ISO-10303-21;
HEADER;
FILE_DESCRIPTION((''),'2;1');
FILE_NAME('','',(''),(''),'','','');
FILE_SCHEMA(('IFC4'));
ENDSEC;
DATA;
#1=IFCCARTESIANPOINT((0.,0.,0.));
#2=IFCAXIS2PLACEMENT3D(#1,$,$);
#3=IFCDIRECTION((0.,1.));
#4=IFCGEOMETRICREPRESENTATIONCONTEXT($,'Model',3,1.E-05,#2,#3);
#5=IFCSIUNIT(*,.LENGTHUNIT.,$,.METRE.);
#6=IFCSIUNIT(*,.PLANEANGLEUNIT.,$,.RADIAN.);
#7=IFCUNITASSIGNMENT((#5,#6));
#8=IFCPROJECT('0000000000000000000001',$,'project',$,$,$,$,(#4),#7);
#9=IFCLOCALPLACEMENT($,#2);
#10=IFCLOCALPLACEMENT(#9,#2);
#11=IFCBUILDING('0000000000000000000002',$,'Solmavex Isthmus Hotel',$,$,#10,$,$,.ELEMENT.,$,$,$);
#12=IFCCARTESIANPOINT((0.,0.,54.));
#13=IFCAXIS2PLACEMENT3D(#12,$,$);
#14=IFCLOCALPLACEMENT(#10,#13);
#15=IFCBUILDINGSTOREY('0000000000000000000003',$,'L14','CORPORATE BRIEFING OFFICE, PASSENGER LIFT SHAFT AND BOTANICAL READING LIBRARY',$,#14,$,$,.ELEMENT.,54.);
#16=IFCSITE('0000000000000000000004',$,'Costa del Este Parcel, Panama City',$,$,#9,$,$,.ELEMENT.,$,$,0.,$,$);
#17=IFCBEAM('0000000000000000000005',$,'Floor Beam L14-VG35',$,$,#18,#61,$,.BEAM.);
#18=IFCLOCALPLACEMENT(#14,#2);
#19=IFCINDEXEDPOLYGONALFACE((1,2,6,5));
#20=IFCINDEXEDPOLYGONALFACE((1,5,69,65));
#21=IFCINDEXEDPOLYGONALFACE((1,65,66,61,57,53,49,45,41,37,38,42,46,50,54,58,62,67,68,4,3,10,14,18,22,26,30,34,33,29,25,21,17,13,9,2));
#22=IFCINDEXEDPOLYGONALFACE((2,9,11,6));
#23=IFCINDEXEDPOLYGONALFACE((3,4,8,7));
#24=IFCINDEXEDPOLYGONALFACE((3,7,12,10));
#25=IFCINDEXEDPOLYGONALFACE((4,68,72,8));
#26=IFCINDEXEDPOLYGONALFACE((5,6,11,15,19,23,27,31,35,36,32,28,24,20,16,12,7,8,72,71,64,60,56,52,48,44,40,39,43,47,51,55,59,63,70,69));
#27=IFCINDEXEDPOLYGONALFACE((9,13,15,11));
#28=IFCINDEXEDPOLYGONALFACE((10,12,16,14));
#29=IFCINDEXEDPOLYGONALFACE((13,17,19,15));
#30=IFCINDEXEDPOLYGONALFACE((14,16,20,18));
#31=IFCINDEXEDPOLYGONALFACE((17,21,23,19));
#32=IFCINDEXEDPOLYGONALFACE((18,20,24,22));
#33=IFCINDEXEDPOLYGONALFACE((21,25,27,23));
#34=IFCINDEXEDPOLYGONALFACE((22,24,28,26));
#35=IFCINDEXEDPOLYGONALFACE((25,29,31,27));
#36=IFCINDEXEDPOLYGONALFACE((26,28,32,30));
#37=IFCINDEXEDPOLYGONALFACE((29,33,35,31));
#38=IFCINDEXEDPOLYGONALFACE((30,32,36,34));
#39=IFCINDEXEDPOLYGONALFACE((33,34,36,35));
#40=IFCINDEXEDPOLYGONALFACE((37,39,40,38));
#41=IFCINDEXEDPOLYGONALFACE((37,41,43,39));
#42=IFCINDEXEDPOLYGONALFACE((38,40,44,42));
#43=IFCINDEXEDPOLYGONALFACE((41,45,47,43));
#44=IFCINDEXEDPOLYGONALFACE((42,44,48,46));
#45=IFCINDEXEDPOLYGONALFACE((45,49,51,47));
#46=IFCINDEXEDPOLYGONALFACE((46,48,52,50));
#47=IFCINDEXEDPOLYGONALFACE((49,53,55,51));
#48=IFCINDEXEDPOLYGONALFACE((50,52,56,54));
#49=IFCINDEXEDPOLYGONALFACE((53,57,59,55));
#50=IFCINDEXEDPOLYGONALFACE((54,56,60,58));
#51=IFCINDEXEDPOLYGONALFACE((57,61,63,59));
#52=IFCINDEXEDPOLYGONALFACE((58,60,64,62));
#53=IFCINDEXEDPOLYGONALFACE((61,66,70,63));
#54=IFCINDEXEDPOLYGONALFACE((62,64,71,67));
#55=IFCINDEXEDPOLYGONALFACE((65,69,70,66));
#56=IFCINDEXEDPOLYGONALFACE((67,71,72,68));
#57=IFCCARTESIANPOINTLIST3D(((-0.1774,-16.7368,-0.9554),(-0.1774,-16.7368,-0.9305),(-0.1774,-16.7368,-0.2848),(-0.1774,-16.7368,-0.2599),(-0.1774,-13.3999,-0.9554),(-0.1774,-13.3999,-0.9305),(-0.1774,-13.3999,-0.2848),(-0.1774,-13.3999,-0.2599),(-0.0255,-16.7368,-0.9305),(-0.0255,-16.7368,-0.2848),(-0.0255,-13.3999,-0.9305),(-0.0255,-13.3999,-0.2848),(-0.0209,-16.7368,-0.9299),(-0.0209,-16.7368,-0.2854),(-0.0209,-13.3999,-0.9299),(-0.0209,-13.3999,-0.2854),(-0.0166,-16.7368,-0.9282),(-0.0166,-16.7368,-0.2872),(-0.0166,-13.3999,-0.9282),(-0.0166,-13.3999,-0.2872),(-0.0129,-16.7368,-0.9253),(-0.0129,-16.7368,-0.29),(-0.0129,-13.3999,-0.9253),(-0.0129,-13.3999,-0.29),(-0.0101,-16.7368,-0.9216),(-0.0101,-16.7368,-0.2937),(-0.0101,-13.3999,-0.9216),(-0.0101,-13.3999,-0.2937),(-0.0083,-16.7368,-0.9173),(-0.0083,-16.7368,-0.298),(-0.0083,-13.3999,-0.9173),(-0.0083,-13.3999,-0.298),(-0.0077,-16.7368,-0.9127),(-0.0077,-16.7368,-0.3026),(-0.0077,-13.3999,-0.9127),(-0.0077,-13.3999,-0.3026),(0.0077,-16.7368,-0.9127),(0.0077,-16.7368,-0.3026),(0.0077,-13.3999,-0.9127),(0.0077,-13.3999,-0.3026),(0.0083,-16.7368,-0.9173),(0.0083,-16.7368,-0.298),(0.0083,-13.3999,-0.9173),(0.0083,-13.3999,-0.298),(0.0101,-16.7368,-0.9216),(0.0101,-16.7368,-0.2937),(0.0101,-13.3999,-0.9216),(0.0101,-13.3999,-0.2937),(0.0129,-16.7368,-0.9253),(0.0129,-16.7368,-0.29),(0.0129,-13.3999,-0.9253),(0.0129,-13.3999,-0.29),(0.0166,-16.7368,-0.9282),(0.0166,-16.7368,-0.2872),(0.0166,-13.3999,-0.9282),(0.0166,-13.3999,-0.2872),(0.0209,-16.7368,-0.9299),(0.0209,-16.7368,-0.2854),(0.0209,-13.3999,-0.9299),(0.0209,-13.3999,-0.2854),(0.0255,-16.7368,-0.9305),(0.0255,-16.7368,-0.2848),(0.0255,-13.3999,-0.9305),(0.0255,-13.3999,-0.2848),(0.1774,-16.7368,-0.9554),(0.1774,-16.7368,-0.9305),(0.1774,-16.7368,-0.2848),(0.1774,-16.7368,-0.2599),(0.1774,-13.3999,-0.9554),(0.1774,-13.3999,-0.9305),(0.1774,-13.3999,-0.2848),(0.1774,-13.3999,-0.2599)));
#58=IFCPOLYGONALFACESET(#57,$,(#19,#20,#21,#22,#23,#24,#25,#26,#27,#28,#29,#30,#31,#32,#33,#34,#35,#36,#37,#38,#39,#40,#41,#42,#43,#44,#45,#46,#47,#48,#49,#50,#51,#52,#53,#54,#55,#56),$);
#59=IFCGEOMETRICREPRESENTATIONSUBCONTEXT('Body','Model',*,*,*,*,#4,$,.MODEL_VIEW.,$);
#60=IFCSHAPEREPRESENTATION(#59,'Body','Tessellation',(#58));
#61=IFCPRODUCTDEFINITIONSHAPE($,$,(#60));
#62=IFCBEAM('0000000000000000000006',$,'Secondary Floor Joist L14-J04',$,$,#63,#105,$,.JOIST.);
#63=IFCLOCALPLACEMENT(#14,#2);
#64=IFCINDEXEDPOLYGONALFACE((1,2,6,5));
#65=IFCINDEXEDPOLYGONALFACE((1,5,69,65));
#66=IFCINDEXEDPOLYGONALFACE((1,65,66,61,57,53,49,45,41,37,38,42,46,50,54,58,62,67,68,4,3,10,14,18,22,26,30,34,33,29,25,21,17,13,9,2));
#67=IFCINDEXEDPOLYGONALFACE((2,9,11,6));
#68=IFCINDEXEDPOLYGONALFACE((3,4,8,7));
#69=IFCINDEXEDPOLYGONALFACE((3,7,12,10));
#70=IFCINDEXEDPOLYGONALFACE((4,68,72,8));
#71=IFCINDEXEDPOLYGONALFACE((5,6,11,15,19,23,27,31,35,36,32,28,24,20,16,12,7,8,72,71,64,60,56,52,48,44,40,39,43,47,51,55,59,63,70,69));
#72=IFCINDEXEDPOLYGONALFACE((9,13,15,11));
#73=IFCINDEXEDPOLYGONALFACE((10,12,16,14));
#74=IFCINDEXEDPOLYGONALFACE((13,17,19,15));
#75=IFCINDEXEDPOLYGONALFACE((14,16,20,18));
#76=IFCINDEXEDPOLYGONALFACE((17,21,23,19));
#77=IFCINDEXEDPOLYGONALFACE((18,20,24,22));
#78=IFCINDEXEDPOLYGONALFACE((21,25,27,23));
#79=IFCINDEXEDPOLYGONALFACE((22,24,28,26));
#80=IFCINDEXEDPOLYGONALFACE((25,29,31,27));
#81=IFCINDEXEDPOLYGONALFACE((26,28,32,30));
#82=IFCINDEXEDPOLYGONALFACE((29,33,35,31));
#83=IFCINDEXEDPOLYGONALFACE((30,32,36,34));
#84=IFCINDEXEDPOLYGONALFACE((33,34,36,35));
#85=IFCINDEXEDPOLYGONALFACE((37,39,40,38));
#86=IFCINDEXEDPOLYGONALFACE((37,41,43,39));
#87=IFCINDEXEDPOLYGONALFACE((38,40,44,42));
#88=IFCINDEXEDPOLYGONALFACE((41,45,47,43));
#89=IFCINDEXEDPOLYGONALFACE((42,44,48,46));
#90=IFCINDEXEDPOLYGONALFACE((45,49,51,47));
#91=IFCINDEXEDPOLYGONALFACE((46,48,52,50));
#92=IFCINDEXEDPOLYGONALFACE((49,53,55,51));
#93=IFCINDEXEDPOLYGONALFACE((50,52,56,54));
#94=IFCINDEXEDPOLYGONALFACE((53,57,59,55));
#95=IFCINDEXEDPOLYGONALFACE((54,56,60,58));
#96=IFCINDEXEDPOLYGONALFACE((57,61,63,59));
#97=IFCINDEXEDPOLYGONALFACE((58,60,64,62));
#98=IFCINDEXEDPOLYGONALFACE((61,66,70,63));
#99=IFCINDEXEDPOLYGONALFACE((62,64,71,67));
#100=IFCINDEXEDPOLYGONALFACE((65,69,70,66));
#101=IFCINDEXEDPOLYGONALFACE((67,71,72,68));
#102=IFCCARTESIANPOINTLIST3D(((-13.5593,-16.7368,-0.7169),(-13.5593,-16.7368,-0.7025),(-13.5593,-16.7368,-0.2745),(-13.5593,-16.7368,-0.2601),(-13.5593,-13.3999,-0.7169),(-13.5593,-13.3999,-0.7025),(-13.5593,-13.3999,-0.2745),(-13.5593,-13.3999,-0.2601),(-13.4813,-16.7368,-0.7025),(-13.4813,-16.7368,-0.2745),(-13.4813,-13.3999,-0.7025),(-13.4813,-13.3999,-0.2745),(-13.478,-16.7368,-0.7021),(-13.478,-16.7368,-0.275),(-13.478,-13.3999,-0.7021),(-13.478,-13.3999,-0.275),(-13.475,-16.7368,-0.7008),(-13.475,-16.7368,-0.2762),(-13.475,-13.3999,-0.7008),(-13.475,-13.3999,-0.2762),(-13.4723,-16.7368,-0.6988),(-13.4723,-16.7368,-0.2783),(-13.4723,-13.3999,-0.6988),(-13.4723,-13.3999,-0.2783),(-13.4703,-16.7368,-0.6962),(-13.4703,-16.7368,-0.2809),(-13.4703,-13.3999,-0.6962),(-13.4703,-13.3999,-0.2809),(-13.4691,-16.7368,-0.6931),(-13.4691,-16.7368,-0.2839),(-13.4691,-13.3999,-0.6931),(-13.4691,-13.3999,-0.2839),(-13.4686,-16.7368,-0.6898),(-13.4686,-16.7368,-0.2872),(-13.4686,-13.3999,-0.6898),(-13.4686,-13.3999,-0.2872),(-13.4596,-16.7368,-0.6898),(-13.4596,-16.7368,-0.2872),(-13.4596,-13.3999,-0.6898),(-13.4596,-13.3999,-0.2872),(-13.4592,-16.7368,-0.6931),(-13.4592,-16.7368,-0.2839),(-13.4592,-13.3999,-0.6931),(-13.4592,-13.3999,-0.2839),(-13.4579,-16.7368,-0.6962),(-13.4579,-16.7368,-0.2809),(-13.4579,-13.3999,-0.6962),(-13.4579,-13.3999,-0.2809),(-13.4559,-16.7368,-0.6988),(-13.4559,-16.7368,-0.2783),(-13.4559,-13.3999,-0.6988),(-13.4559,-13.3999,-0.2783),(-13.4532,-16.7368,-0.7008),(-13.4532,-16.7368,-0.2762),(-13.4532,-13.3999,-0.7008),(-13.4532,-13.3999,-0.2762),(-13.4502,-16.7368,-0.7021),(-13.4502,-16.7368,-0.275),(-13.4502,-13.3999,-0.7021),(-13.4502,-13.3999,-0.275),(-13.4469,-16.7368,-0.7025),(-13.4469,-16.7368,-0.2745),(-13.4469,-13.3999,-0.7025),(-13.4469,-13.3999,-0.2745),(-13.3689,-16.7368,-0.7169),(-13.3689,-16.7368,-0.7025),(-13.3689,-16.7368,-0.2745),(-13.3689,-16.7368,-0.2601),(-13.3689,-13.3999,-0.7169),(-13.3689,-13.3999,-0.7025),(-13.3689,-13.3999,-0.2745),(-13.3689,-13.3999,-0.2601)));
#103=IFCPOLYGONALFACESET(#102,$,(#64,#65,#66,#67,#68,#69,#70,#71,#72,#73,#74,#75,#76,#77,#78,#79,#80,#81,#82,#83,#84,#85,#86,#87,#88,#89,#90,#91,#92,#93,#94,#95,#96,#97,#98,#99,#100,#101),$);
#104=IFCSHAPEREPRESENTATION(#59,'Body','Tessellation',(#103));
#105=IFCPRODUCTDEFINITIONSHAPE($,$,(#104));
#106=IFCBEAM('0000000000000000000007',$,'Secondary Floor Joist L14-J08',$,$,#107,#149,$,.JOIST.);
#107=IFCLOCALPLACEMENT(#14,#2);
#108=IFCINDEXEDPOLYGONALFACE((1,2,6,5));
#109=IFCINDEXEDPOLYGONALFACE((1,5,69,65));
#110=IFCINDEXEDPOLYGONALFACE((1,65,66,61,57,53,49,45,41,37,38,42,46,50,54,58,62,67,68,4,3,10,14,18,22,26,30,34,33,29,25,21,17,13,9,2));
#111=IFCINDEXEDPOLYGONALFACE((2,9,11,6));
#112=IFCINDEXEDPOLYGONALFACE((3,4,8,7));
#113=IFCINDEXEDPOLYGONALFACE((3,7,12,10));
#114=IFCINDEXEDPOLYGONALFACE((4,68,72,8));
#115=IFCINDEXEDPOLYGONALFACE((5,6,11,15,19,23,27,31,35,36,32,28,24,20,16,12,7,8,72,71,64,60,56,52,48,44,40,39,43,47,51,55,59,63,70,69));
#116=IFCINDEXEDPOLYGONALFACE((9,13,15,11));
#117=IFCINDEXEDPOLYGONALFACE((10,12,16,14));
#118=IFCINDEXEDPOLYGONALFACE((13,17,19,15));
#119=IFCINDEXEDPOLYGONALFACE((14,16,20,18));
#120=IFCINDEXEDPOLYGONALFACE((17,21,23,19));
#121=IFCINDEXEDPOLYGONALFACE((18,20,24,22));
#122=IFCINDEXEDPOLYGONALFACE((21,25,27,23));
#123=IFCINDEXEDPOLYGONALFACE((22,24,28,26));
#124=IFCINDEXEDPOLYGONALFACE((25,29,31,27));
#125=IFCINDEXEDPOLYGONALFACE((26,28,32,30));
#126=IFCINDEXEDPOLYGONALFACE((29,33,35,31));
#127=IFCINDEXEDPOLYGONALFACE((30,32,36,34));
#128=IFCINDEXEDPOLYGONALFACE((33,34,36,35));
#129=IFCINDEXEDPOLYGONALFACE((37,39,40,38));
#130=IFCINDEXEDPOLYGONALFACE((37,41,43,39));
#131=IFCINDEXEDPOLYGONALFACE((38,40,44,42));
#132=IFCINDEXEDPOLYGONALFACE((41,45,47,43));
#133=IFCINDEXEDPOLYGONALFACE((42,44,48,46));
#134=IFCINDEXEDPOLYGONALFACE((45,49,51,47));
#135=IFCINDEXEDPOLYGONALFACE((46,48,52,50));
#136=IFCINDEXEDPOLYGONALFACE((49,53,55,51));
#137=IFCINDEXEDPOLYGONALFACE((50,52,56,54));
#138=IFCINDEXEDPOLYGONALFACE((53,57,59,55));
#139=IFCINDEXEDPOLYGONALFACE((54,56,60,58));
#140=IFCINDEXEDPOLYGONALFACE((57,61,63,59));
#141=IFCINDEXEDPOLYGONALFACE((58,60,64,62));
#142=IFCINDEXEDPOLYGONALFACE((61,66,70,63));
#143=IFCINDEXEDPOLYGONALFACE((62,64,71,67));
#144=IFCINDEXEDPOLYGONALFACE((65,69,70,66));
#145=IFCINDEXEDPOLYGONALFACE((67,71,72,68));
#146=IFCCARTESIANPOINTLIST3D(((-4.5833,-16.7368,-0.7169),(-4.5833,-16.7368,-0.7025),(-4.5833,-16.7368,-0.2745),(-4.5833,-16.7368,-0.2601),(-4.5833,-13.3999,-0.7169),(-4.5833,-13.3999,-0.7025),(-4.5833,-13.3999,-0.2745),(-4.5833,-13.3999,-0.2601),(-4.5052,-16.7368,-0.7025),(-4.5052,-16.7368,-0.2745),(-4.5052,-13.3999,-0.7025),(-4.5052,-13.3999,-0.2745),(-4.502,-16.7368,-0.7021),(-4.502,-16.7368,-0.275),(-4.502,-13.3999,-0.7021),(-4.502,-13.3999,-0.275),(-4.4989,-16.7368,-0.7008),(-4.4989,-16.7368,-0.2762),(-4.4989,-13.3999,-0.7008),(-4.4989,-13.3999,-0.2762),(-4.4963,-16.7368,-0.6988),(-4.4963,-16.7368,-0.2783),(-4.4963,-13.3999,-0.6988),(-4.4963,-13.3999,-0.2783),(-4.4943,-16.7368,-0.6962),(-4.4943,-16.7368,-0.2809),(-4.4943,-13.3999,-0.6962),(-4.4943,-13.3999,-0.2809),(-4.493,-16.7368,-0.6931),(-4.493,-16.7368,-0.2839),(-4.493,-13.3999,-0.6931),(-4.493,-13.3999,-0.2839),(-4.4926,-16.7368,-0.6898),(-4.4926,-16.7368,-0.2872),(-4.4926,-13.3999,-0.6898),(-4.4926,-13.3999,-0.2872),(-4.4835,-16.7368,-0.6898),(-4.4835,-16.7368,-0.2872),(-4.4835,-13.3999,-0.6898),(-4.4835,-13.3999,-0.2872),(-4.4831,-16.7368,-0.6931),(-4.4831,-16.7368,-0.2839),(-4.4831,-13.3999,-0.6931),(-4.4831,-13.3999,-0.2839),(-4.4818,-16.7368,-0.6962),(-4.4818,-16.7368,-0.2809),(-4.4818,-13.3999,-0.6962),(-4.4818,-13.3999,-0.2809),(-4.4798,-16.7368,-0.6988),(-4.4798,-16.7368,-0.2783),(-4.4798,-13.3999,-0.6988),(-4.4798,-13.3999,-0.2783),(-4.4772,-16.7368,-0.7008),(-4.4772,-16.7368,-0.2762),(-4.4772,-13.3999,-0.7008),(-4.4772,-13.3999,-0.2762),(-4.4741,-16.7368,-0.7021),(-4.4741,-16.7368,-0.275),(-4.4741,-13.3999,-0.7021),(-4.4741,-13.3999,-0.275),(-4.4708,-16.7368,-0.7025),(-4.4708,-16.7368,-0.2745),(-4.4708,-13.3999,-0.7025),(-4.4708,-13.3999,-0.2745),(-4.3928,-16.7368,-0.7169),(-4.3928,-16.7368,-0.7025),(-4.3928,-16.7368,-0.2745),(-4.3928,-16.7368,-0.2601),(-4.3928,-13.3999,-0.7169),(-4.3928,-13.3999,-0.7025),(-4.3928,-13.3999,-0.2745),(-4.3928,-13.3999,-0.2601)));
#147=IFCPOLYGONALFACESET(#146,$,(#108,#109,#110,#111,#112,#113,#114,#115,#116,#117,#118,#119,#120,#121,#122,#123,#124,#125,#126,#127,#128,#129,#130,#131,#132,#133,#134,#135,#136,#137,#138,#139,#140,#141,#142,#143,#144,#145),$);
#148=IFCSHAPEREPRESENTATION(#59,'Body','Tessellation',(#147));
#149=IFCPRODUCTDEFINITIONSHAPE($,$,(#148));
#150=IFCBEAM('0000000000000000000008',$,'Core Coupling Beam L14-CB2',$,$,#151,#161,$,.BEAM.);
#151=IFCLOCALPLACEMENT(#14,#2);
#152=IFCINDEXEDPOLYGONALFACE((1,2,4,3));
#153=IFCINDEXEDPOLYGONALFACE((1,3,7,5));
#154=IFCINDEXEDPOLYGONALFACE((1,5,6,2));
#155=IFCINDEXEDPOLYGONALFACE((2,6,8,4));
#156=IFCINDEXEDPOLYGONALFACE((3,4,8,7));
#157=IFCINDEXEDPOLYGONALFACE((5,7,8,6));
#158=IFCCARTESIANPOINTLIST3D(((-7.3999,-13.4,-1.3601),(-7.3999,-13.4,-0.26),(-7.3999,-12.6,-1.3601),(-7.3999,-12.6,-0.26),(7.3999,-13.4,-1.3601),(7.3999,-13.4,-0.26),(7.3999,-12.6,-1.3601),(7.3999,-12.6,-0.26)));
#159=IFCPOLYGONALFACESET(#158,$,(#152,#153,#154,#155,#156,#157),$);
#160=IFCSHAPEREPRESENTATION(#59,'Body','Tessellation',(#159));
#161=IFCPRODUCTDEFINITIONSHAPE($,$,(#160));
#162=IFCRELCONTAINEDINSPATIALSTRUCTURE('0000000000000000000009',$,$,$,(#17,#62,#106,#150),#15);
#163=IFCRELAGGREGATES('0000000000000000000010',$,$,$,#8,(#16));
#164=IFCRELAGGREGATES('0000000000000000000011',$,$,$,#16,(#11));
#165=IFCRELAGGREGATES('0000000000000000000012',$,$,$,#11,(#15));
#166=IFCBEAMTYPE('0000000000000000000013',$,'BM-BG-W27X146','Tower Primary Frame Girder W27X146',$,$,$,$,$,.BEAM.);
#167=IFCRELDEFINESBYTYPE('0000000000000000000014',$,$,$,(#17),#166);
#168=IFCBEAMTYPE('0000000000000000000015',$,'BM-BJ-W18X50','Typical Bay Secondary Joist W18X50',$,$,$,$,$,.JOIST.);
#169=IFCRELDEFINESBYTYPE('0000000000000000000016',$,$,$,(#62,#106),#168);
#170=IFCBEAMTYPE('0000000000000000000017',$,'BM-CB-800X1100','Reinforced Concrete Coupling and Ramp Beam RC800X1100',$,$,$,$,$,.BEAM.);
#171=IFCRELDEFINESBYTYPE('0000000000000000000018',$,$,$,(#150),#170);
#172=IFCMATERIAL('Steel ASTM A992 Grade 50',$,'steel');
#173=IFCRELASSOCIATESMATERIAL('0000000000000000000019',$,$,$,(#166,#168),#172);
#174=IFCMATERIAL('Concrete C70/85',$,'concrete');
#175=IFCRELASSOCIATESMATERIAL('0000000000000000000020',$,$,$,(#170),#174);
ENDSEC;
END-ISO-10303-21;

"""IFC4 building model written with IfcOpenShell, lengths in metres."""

from ifc_helpers import new_model, si_unit, direction, frame, origin, origin_2d, place, context, subcontext, project, spatial, rectangle, i_section, extrude, material, material_profile, profile_set, type_object, element, save


model = new_model("IFC4")

# Units and contexts
model_context = context("Model", 3, precision=1e-05, world=origin(), true_north=direction((0.0, 1.0)))
body_context = subcontext(model_context, "Body", "Model", "MODEL_VIEW")
ifc_project = project(units=[si_unit("LENGTHUNIT", "METRE"), si_unit("PLANEANGLEUNIT", "RADIAN")], contexts=[model_context])

# Site, building, storey
site_placement = place(None, origin())
site = spatial("IfcSite", under=ifc_project, at=site_placement, Name="Costa del Este Parcel, Panama City", CompositionType="ELEMENT", RefElevation=0.0)
building_placement = place(site_placement, origin())
building = spatial("IfcBuilding", under=site, at=building_placement, Name="Solmavex Isthmus Hotel", CompositionType="ELEMENT")
storey_placement = place(building_placement, frame((0.0, 0.0, 54.0)))
storey = spatial("IfcBuildingStorey", under=building, at=storey_placement, Name="L14", Description="CORPORATE BRIEFING OFFICE, PASSENGER LIFT SHAFT AND BOTANICAL READING LIBRARY", CompositionType="ELEMENT", Elevation=54.0)

# Shared definitions
ifc_material_1 = material(Name="Concrete C70/85", Category="concrete")

# Beams
ifc_material_2 = material(Name="Steel ASTM A992 Grade 50", Category="steel")
ifc_material_profile_1 = material_profile(ifc_material_2, i_section(OverallWidth=0.3547, OverallDepth=0.6956, WebThickness=0.0154, FlangeThickness=0.0249, FilletRadius=0.0178, at=origin_2d()), Name="W27X146")
ifc_profile_set_1 = profile_set([ifc_material_profile_1], Name="Steel ASTM A992 Grade 50")
beam_type_1 = type_object("IfcBeamType", Name="BM-BG-W27X146", Description="Tower Primary Frame Girder W27X146", PredefinedType="BEAM", material=ifc_profile_set_1)
for number, where, z_axis, x_axis, name in (
    (1, (0.0, -16.7368, -0.6077), (0.0, 1.0, 0.0), (-1.0, 0.0, 0.0), "Floor Beam L14-VG35"),
):
    element("IfcBeam", number, at=place(storey_placement, frame(where, z_axis=z_axis, x_axis=x_axis)), inside=storey, type_object=beam_type_1, Name=name, PredefinedType="BEAM", context=body_context, shape_type="SweptSolid", body=[
        extrude(i_section(OverallWidth=0.3547, OverallDepth=0.6956, WebThickness=0.0154, FlangeThickness=0.0249, FilletRadius=0.0178, at=origin_2d()), origin(), (0.0, 0.0, 1.0), 3.3369),
    ])
ifc_material_profile_2 = material_profile(ifc_material_2, i_section(OverallWidth=0.1904, OverallDepth=0.4568, WebThickness=0.009, FlangeThickness=0.0144, FilletRadius=0.0127, at=origin_2d()), Name="W18X50")
ifc_profile_set_2 = profile_set([ifc_material_profile_2], Name="Steel ASTM A992 Grade 50")
beam_type_2 = type_object("IfcBeamType", Name="BM-BJ-W18X50", Description="Typical Bay Secondary Joist W18X50", PredefinedType="JOIST", material=ifc_profile_set_2)
for number, where, z_axis, x_axis, name in (
    (2, (-13.4641, -16.7368, -0.4885), (0.0, 1.0, 0.0), (-1.0, 0.0, 0.0), "Secondary Floor Joist L14-J04"),
    (3, (-4.488, -16.7368, -0.4885), (0.0, 1.0, 0.0), (-1.0, 0.0, 0.0), "Secondary Floor Joist L14-J08"),
):
    element("IfcBeam", number, at=place(storey_placement, frame(where, z_axis=z_axis, x_axis=x_axis)), inside=storey, type_object=beam_type_2, Name=name, PredefinedType="JOIST", context=body_context, shape_type="SweptSolid", body=[
        extrude(i_section(OverallWidth=0.1904, OverallDepth=0.4568, WebThickness=0.009, FlangeThickness=0.0144, FilletRadius=0.0127, at=origin_2d()), origin(), (0.0, 0.0, 1.0), 3.3369),
    ])
ifc_material_profile_3 = material_profile(ifc_material_1, rectangle(XDim=0.8, YDim=1.1001, at=origin_2d()), Name="RC800X1100")
ifc_profile_set_3 = profile_set([ifc_material_profile_3], Name="Concrete C70/85")
beam_type_3 = type_object("IfcBeamType", Name="BM-CB-800X1100", Description="Reinforced Concrete Coupling and Ramp Beam RC800X1100", PredefinedType="BEAM", material=ifc_profile_set_3)
beam_placement = place(storey_placement, frame((-7.3999, -13.0, -0.8101), z_axis=(1.0, 0.0, 0.0), x_axis=(0.0, 1.0, 0.0)))
element("IfcBeam", 4, at=beam_placement, inside=storey, type_object=beam_type_3, Name="Core Coupling Beam L14-CB2", PredefinedType="BEAM", context=body_context, shape_type="SweptSolid", body=[
    extrude(rectangle(XDim=0.8, YDim=1.1001, at=origin_2d()), origin(), (0.0, 0.0, 1.0), 14.7998),
])

save(model, "model.ifc")
